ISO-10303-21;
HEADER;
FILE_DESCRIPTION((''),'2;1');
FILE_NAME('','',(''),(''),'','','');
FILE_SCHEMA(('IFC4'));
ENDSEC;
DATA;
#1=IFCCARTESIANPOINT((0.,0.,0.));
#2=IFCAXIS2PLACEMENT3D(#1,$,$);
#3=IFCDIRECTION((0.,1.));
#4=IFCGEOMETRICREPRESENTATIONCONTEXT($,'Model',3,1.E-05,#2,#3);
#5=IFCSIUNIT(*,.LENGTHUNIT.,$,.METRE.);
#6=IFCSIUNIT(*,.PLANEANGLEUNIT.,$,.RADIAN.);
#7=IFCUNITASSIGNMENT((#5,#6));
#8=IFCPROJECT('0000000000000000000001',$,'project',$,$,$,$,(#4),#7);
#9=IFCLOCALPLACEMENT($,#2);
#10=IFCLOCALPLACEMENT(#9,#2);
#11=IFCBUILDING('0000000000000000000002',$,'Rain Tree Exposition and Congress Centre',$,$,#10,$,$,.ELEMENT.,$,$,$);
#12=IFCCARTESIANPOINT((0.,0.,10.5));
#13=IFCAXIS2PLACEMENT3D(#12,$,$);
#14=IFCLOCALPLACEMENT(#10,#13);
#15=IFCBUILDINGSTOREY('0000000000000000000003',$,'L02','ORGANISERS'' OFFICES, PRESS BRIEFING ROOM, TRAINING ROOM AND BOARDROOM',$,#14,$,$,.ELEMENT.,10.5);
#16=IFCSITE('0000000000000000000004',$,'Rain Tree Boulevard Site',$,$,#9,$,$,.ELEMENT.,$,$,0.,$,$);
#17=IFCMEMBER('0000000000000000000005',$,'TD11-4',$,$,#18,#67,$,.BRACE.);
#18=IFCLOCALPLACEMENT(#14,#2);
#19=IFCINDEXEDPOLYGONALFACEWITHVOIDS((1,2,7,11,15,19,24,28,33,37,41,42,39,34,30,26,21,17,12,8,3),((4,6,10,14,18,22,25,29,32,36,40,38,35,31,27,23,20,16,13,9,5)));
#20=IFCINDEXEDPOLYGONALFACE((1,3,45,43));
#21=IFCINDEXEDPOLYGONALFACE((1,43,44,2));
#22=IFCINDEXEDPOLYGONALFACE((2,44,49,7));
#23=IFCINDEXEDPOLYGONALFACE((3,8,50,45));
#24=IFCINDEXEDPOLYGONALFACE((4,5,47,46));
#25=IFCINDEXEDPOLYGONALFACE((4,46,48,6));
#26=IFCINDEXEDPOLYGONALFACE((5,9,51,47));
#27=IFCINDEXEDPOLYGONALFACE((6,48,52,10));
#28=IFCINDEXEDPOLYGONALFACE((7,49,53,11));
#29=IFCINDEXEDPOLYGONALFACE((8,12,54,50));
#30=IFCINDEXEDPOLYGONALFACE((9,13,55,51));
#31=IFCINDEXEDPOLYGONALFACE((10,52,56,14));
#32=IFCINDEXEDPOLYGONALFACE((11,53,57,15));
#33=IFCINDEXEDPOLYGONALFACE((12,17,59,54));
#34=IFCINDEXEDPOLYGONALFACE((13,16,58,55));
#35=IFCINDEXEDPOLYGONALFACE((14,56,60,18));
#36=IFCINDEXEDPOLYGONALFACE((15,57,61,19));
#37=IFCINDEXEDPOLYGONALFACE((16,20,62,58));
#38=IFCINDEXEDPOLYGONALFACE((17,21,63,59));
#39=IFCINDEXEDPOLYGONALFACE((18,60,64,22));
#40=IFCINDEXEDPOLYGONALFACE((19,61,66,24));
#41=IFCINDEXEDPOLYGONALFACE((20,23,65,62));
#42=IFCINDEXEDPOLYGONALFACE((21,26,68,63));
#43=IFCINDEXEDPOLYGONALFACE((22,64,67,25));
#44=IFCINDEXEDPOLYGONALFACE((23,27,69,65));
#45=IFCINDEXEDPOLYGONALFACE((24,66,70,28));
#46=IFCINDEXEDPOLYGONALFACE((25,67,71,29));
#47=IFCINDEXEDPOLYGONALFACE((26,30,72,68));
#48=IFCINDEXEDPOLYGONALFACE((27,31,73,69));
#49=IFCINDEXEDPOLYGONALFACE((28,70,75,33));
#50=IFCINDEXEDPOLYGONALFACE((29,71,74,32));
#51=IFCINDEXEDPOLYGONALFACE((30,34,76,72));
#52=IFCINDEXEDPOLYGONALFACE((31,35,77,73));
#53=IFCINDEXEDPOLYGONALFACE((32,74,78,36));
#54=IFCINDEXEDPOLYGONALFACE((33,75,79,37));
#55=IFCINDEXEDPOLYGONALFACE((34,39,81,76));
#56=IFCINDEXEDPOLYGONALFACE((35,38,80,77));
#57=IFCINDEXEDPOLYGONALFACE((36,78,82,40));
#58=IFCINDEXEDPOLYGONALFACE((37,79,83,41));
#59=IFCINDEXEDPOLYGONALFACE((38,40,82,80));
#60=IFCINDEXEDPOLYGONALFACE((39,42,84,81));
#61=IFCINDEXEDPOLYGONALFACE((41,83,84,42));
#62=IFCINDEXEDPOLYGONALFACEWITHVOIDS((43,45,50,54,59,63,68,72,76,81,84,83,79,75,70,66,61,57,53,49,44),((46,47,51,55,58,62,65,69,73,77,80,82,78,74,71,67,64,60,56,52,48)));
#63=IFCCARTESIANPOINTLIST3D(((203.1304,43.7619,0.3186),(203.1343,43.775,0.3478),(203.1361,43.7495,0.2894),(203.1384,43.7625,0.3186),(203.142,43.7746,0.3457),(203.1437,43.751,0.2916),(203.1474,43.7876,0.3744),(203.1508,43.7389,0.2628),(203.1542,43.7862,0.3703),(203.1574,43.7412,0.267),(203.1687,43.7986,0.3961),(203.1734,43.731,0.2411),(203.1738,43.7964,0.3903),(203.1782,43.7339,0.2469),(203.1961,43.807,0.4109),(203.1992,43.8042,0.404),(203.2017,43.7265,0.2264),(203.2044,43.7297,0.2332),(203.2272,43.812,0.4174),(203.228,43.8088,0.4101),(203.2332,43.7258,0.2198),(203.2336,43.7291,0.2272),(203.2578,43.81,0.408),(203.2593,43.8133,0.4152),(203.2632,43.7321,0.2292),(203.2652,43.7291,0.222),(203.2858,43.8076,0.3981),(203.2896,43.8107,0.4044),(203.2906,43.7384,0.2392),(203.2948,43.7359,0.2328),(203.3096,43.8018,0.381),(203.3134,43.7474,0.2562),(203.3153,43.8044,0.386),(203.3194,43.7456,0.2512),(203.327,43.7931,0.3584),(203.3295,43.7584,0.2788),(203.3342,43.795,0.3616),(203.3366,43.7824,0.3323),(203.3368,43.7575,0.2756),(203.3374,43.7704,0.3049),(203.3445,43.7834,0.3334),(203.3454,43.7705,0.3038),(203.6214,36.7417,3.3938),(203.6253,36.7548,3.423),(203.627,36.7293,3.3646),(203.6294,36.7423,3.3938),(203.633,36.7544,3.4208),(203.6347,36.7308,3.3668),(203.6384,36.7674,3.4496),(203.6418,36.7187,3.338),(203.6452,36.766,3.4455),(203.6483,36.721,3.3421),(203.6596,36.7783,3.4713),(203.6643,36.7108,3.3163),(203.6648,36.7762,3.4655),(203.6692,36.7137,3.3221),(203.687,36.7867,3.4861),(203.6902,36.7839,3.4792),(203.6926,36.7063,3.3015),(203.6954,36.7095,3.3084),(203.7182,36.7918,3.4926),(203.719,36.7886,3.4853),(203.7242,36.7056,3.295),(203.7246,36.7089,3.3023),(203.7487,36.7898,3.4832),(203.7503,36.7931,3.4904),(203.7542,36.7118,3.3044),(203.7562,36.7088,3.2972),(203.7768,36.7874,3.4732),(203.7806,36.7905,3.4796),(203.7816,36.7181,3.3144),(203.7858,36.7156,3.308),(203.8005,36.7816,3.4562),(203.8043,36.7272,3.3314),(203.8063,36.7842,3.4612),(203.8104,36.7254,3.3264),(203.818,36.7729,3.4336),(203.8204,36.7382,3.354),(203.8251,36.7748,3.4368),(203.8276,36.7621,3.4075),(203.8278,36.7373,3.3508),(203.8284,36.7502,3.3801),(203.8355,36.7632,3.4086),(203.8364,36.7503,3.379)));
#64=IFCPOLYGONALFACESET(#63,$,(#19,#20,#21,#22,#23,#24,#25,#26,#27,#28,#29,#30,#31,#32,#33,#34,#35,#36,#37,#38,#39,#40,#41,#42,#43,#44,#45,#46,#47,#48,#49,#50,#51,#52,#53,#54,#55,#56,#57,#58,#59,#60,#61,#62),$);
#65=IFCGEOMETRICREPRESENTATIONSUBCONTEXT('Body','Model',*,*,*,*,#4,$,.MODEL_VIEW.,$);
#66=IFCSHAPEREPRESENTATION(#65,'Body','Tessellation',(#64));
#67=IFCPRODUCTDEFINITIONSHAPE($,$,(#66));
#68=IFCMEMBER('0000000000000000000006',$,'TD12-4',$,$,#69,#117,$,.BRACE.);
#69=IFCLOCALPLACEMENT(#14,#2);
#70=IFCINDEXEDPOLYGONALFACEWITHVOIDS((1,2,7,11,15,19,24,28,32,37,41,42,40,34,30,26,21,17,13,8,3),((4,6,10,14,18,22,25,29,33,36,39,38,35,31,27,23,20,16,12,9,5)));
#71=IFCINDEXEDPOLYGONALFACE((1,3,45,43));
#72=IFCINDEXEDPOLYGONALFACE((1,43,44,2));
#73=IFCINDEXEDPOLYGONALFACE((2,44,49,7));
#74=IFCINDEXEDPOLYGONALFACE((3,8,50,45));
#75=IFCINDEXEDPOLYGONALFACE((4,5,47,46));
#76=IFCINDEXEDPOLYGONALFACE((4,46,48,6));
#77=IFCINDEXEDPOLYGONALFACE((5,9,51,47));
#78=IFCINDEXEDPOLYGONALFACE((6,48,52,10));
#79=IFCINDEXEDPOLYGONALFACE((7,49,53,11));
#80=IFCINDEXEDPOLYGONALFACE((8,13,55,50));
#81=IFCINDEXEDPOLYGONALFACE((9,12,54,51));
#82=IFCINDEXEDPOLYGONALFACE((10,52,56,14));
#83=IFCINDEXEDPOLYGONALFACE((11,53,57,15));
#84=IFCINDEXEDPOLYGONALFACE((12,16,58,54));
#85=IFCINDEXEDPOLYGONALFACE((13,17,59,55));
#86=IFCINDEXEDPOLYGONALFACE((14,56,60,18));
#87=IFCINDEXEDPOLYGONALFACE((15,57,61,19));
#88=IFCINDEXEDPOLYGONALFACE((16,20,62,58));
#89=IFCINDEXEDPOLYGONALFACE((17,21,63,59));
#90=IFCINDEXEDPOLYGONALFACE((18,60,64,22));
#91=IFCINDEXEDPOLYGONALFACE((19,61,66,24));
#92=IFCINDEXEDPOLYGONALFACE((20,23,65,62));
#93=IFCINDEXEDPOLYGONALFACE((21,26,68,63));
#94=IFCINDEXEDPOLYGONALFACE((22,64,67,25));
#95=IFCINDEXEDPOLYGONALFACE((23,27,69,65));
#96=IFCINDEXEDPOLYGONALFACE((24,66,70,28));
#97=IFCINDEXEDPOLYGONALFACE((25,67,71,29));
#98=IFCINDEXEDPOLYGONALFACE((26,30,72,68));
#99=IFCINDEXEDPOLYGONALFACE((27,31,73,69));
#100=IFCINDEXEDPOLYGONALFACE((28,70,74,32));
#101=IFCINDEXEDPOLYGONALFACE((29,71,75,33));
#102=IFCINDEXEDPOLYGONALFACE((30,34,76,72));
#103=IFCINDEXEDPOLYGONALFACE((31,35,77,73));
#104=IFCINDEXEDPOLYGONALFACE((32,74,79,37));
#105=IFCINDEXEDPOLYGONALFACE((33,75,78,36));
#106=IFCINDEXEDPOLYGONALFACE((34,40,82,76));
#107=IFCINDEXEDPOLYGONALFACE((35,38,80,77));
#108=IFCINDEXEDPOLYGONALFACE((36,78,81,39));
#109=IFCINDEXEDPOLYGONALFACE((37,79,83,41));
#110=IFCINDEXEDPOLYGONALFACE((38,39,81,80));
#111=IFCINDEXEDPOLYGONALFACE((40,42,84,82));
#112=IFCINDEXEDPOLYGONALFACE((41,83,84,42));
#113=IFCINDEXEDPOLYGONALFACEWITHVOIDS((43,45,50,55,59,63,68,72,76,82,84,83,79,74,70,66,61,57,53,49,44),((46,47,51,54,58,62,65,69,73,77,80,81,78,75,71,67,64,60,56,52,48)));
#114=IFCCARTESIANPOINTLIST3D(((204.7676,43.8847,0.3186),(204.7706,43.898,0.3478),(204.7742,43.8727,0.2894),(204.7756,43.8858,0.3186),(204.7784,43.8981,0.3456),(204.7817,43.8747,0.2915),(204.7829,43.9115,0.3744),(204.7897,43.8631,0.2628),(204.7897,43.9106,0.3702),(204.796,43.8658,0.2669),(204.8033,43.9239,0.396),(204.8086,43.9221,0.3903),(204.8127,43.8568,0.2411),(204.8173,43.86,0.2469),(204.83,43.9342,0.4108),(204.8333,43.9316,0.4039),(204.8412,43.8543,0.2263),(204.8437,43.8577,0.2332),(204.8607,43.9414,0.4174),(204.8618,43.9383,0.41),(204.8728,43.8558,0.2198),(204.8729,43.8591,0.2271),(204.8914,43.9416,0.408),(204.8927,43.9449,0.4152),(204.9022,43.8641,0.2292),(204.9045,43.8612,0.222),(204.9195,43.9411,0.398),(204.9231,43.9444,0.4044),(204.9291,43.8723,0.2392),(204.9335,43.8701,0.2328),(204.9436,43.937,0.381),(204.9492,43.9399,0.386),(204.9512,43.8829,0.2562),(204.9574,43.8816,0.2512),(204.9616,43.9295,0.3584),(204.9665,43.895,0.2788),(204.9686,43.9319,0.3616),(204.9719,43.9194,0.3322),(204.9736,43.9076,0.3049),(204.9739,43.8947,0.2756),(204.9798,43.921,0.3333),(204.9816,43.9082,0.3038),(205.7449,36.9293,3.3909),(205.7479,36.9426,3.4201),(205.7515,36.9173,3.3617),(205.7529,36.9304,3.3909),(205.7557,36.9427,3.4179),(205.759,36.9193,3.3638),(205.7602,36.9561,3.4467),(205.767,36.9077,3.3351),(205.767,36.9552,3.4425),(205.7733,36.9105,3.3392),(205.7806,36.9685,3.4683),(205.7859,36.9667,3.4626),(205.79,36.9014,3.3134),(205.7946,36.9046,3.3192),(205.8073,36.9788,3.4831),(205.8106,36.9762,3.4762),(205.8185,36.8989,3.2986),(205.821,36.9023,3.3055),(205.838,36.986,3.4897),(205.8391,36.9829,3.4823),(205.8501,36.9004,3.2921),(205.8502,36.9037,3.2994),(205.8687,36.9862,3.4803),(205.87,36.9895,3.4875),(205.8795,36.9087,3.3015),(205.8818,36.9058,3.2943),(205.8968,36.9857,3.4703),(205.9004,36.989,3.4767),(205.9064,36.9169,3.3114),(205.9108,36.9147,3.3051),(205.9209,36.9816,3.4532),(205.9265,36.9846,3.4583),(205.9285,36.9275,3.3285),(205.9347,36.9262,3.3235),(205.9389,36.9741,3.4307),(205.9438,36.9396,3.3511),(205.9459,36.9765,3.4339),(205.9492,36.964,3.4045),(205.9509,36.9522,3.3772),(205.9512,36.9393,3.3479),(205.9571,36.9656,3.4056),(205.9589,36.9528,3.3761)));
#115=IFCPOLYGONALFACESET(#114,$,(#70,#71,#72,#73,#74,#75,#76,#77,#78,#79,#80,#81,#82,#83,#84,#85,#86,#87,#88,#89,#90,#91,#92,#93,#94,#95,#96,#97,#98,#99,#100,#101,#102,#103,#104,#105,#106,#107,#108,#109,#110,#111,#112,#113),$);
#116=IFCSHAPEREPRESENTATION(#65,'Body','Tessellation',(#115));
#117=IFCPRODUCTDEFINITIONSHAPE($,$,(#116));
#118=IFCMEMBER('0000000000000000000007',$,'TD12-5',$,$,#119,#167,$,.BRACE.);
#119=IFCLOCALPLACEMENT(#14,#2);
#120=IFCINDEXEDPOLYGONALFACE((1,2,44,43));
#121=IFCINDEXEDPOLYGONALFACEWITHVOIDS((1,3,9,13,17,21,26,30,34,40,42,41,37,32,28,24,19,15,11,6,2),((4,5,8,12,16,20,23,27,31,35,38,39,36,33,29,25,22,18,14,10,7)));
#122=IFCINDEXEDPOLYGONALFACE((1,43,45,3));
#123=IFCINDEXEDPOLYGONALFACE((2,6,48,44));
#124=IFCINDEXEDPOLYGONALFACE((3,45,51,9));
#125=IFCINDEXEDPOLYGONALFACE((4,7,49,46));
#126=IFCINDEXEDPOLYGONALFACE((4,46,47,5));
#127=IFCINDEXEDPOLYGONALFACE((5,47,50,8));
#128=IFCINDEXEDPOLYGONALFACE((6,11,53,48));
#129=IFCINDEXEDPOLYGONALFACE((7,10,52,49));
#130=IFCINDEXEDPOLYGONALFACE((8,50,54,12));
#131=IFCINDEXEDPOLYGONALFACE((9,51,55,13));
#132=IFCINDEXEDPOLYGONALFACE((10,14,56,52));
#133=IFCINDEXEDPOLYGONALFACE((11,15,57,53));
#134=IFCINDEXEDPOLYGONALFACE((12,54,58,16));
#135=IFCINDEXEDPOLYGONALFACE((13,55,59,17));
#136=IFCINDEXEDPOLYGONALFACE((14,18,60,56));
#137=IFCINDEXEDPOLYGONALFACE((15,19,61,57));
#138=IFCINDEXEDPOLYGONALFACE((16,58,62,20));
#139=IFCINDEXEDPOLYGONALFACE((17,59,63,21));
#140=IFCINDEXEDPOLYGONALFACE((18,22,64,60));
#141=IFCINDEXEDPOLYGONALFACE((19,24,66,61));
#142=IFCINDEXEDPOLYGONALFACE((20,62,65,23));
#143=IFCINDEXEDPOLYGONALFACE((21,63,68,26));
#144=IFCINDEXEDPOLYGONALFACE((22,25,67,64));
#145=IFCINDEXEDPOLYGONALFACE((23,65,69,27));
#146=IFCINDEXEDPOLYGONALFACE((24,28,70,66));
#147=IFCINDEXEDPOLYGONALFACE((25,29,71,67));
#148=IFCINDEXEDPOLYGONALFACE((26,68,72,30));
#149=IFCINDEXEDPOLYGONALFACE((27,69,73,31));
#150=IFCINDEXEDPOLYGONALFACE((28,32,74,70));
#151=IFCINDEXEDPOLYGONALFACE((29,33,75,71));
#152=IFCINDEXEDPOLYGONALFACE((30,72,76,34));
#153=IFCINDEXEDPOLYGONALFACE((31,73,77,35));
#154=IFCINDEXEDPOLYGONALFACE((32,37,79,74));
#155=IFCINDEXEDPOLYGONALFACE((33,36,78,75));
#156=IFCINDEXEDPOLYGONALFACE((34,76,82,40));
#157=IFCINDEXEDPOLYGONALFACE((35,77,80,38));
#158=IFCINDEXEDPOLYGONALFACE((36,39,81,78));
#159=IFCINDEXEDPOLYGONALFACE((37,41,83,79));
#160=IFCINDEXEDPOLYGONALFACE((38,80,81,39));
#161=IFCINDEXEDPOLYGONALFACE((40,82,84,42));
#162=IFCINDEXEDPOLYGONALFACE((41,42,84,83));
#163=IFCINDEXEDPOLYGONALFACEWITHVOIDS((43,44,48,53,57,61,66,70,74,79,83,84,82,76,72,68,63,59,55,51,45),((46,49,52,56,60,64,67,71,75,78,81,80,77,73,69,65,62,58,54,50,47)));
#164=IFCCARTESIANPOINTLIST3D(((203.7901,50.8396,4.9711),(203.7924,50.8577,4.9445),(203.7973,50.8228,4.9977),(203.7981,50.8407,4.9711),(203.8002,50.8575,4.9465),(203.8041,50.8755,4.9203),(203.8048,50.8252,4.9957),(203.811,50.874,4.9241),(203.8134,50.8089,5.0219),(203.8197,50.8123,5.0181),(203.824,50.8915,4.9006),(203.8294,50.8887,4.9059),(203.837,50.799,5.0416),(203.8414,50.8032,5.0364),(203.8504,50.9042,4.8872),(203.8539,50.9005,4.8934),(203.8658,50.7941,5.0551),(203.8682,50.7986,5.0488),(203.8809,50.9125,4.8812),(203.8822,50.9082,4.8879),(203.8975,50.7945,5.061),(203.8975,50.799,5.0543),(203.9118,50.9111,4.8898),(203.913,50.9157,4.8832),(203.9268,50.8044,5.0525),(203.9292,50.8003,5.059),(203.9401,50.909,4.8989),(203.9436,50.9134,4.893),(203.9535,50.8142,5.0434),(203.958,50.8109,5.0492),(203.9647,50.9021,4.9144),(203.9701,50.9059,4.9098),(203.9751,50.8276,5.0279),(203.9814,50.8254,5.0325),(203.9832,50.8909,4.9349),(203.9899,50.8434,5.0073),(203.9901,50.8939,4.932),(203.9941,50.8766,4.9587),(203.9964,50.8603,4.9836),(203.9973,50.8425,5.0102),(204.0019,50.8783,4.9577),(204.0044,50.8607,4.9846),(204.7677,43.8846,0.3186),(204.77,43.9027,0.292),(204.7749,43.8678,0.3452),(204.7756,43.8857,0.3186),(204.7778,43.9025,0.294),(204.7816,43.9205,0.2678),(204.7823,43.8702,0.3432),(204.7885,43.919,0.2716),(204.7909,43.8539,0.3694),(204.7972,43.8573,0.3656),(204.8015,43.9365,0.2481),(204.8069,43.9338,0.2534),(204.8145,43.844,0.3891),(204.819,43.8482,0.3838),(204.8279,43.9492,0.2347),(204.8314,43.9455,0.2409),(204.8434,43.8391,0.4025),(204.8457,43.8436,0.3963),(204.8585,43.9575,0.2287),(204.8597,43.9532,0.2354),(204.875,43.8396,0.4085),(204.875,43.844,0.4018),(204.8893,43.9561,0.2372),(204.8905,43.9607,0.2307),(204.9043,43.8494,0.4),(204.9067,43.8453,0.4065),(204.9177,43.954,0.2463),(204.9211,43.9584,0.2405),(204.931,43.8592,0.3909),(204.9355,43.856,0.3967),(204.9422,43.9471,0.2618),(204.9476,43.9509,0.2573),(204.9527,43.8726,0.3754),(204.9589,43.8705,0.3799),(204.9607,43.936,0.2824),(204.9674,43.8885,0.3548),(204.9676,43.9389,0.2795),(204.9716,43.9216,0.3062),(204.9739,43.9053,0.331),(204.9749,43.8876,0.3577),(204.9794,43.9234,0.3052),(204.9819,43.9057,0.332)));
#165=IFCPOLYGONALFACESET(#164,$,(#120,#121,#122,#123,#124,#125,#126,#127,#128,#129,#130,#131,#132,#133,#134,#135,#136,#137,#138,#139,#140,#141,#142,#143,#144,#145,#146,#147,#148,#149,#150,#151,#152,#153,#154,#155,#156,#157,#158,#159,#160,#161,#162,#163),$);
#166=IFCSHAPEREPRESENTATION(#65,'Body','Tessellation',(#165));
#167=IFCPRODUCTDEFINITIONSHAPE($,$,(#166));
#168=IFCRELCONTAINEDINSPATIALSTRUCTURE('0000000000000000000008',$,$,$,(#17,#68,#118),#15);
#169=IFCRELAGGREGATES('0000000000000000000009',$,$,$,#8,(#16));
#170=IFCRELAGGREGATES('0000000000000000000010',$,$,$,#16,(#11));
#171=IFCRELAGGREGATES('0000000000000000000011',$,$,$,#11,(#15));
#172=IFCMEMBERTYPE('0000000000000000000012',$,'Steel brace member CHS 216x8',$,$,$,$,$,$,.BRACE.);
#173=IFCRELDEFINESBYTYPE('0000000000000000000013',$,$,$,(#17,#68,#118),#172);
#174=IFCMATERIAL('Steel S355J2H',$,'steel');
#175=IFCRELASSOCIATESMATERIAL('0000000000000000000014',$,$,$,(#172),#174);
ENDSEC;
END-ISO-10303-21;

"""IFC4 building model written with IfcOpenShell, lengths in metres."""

from ifc_helpers import new_model, si_unit, direction, frame, origin, origin_2d, place, context, subcontext, project, spatial, hollow_circle, extrude, material, material_profile, profile_set, type_object, element, save


model = new_model("IFC4")

# Units and contexts
model_context = context("Model", 3, precision=1e-05, world=origin(), true_north=direction((0.0, 1.0)))
body_context = subcontext(model_context, "Body", "Model", "MODEL_VIEW")
ifc_project = project(units=[si_unit("LENGTHUNIT", "METRE"), si_unit("PLANEANGLEUNIT", "RADIAN")], contexts=[model_context])

# Site, building, storey
site_placement = place(None, origin())
site = spatial("IfcSite", under=ifc_project, at=site_placement, Name="Rain Tree Boulevard Site", CompositionType="ELEMENT", RefElevation=0.0)
building_placement = place(site_placement, origin())
building = spatial("IfcBuilding", under=site, at=building_placement, Name="Rain Tree Exposition and Congress Centre", CompositionType="ELEMENT")
storey_placement = place(building_placement, frame((0.0, 0.0, 10.5)))
storey = spatial("IfcBuildingStorey", under=building, at=storey_placement, Name="L02", Description="ORGANISERS' OFFICES, PRESS BRIEFING ROOM, TRAINING ROOM AND BOARDROOM", CompositionType="ELEMENT", Elevation=10.5)

# Members
ifc_material_1 = material(Name="Steel S355J2H", Category="steel")
ifc_material_profile_1 = material_profile(ifc_material_1, hollow_circle(Radius=0.1082, WallThickness=0.0081, at=origin_2d()), Name="CHS 216x8")
ifc_profile_set_1 = profile_set([ifc_material_profile_1], Name="Steel S355J2H")
member_type_1 = type_object("IfcMemberType", Name="Steel brace member CHS 216x8", PredefinedType="BRACE", material=ifc_profile_set_1)
member_1_placement = place(storey_placement, frame((203.7292, 36.7493, 3.3938), z_axis=(-0.063928, 0.9141, -0.400417), x_axis=(-0.997563, -0.069765, 0.0)))
element("IfcMember", 1, at=member_1_placement, inside=storey, type_object=member_type_1, Name="TD11-4", PredefinedType="BRACE", context=body_context, shape_type="SweptSolid", body=[
    extrude(hollow_circle(Radius=0.1082, WallThickness=0.0081, at=origin_2d()), origin(), (0.0, 0.0, 1.0), 7.6799),
])
member_2_placement = place(storey_placement, frame((205.8521, 36.9443, 3.3909), z_axis=(-0.127481, 0.907273, -0.400755), x_axis=(-0.990272, -0.139144, 0.0)))
element("IfcMember", 2, at=member_2_placement, inside=storey, type_object=member_type_1, Name="TD12-4", PredefinedType="BRACE", context=body_context, shape_type="SweptSolid", body=[
    extrude(hollow_circle(Radius=0.1082, WallThickness=0.0081, at=origin_2d()), origin(), (0.0, 0.0, 1.0), 7.6663),
])
member_3_placement = place(storey_placement, frame((204.8748, 43.8997, 0.3186), z_axis=(-0.116033, 0.82556, 0.552257), x_axis=(-0.990267, -0.139182, 0.0)))
element("IfcMember", 3, at=member_3_placement, inside=storey, type_object=member_type_1, Name="TD12-5", PredefinedType="BRACE", context=body_context, shape_type="SweptSolid", body=[
    extrude(hollow_circle(Radius=0.1082, WallThickness=0.0081, at=origin_2d()), origin(), (0.0, 0.0, 1.0), 8.4246),
])

save(model, "model.ifc")
